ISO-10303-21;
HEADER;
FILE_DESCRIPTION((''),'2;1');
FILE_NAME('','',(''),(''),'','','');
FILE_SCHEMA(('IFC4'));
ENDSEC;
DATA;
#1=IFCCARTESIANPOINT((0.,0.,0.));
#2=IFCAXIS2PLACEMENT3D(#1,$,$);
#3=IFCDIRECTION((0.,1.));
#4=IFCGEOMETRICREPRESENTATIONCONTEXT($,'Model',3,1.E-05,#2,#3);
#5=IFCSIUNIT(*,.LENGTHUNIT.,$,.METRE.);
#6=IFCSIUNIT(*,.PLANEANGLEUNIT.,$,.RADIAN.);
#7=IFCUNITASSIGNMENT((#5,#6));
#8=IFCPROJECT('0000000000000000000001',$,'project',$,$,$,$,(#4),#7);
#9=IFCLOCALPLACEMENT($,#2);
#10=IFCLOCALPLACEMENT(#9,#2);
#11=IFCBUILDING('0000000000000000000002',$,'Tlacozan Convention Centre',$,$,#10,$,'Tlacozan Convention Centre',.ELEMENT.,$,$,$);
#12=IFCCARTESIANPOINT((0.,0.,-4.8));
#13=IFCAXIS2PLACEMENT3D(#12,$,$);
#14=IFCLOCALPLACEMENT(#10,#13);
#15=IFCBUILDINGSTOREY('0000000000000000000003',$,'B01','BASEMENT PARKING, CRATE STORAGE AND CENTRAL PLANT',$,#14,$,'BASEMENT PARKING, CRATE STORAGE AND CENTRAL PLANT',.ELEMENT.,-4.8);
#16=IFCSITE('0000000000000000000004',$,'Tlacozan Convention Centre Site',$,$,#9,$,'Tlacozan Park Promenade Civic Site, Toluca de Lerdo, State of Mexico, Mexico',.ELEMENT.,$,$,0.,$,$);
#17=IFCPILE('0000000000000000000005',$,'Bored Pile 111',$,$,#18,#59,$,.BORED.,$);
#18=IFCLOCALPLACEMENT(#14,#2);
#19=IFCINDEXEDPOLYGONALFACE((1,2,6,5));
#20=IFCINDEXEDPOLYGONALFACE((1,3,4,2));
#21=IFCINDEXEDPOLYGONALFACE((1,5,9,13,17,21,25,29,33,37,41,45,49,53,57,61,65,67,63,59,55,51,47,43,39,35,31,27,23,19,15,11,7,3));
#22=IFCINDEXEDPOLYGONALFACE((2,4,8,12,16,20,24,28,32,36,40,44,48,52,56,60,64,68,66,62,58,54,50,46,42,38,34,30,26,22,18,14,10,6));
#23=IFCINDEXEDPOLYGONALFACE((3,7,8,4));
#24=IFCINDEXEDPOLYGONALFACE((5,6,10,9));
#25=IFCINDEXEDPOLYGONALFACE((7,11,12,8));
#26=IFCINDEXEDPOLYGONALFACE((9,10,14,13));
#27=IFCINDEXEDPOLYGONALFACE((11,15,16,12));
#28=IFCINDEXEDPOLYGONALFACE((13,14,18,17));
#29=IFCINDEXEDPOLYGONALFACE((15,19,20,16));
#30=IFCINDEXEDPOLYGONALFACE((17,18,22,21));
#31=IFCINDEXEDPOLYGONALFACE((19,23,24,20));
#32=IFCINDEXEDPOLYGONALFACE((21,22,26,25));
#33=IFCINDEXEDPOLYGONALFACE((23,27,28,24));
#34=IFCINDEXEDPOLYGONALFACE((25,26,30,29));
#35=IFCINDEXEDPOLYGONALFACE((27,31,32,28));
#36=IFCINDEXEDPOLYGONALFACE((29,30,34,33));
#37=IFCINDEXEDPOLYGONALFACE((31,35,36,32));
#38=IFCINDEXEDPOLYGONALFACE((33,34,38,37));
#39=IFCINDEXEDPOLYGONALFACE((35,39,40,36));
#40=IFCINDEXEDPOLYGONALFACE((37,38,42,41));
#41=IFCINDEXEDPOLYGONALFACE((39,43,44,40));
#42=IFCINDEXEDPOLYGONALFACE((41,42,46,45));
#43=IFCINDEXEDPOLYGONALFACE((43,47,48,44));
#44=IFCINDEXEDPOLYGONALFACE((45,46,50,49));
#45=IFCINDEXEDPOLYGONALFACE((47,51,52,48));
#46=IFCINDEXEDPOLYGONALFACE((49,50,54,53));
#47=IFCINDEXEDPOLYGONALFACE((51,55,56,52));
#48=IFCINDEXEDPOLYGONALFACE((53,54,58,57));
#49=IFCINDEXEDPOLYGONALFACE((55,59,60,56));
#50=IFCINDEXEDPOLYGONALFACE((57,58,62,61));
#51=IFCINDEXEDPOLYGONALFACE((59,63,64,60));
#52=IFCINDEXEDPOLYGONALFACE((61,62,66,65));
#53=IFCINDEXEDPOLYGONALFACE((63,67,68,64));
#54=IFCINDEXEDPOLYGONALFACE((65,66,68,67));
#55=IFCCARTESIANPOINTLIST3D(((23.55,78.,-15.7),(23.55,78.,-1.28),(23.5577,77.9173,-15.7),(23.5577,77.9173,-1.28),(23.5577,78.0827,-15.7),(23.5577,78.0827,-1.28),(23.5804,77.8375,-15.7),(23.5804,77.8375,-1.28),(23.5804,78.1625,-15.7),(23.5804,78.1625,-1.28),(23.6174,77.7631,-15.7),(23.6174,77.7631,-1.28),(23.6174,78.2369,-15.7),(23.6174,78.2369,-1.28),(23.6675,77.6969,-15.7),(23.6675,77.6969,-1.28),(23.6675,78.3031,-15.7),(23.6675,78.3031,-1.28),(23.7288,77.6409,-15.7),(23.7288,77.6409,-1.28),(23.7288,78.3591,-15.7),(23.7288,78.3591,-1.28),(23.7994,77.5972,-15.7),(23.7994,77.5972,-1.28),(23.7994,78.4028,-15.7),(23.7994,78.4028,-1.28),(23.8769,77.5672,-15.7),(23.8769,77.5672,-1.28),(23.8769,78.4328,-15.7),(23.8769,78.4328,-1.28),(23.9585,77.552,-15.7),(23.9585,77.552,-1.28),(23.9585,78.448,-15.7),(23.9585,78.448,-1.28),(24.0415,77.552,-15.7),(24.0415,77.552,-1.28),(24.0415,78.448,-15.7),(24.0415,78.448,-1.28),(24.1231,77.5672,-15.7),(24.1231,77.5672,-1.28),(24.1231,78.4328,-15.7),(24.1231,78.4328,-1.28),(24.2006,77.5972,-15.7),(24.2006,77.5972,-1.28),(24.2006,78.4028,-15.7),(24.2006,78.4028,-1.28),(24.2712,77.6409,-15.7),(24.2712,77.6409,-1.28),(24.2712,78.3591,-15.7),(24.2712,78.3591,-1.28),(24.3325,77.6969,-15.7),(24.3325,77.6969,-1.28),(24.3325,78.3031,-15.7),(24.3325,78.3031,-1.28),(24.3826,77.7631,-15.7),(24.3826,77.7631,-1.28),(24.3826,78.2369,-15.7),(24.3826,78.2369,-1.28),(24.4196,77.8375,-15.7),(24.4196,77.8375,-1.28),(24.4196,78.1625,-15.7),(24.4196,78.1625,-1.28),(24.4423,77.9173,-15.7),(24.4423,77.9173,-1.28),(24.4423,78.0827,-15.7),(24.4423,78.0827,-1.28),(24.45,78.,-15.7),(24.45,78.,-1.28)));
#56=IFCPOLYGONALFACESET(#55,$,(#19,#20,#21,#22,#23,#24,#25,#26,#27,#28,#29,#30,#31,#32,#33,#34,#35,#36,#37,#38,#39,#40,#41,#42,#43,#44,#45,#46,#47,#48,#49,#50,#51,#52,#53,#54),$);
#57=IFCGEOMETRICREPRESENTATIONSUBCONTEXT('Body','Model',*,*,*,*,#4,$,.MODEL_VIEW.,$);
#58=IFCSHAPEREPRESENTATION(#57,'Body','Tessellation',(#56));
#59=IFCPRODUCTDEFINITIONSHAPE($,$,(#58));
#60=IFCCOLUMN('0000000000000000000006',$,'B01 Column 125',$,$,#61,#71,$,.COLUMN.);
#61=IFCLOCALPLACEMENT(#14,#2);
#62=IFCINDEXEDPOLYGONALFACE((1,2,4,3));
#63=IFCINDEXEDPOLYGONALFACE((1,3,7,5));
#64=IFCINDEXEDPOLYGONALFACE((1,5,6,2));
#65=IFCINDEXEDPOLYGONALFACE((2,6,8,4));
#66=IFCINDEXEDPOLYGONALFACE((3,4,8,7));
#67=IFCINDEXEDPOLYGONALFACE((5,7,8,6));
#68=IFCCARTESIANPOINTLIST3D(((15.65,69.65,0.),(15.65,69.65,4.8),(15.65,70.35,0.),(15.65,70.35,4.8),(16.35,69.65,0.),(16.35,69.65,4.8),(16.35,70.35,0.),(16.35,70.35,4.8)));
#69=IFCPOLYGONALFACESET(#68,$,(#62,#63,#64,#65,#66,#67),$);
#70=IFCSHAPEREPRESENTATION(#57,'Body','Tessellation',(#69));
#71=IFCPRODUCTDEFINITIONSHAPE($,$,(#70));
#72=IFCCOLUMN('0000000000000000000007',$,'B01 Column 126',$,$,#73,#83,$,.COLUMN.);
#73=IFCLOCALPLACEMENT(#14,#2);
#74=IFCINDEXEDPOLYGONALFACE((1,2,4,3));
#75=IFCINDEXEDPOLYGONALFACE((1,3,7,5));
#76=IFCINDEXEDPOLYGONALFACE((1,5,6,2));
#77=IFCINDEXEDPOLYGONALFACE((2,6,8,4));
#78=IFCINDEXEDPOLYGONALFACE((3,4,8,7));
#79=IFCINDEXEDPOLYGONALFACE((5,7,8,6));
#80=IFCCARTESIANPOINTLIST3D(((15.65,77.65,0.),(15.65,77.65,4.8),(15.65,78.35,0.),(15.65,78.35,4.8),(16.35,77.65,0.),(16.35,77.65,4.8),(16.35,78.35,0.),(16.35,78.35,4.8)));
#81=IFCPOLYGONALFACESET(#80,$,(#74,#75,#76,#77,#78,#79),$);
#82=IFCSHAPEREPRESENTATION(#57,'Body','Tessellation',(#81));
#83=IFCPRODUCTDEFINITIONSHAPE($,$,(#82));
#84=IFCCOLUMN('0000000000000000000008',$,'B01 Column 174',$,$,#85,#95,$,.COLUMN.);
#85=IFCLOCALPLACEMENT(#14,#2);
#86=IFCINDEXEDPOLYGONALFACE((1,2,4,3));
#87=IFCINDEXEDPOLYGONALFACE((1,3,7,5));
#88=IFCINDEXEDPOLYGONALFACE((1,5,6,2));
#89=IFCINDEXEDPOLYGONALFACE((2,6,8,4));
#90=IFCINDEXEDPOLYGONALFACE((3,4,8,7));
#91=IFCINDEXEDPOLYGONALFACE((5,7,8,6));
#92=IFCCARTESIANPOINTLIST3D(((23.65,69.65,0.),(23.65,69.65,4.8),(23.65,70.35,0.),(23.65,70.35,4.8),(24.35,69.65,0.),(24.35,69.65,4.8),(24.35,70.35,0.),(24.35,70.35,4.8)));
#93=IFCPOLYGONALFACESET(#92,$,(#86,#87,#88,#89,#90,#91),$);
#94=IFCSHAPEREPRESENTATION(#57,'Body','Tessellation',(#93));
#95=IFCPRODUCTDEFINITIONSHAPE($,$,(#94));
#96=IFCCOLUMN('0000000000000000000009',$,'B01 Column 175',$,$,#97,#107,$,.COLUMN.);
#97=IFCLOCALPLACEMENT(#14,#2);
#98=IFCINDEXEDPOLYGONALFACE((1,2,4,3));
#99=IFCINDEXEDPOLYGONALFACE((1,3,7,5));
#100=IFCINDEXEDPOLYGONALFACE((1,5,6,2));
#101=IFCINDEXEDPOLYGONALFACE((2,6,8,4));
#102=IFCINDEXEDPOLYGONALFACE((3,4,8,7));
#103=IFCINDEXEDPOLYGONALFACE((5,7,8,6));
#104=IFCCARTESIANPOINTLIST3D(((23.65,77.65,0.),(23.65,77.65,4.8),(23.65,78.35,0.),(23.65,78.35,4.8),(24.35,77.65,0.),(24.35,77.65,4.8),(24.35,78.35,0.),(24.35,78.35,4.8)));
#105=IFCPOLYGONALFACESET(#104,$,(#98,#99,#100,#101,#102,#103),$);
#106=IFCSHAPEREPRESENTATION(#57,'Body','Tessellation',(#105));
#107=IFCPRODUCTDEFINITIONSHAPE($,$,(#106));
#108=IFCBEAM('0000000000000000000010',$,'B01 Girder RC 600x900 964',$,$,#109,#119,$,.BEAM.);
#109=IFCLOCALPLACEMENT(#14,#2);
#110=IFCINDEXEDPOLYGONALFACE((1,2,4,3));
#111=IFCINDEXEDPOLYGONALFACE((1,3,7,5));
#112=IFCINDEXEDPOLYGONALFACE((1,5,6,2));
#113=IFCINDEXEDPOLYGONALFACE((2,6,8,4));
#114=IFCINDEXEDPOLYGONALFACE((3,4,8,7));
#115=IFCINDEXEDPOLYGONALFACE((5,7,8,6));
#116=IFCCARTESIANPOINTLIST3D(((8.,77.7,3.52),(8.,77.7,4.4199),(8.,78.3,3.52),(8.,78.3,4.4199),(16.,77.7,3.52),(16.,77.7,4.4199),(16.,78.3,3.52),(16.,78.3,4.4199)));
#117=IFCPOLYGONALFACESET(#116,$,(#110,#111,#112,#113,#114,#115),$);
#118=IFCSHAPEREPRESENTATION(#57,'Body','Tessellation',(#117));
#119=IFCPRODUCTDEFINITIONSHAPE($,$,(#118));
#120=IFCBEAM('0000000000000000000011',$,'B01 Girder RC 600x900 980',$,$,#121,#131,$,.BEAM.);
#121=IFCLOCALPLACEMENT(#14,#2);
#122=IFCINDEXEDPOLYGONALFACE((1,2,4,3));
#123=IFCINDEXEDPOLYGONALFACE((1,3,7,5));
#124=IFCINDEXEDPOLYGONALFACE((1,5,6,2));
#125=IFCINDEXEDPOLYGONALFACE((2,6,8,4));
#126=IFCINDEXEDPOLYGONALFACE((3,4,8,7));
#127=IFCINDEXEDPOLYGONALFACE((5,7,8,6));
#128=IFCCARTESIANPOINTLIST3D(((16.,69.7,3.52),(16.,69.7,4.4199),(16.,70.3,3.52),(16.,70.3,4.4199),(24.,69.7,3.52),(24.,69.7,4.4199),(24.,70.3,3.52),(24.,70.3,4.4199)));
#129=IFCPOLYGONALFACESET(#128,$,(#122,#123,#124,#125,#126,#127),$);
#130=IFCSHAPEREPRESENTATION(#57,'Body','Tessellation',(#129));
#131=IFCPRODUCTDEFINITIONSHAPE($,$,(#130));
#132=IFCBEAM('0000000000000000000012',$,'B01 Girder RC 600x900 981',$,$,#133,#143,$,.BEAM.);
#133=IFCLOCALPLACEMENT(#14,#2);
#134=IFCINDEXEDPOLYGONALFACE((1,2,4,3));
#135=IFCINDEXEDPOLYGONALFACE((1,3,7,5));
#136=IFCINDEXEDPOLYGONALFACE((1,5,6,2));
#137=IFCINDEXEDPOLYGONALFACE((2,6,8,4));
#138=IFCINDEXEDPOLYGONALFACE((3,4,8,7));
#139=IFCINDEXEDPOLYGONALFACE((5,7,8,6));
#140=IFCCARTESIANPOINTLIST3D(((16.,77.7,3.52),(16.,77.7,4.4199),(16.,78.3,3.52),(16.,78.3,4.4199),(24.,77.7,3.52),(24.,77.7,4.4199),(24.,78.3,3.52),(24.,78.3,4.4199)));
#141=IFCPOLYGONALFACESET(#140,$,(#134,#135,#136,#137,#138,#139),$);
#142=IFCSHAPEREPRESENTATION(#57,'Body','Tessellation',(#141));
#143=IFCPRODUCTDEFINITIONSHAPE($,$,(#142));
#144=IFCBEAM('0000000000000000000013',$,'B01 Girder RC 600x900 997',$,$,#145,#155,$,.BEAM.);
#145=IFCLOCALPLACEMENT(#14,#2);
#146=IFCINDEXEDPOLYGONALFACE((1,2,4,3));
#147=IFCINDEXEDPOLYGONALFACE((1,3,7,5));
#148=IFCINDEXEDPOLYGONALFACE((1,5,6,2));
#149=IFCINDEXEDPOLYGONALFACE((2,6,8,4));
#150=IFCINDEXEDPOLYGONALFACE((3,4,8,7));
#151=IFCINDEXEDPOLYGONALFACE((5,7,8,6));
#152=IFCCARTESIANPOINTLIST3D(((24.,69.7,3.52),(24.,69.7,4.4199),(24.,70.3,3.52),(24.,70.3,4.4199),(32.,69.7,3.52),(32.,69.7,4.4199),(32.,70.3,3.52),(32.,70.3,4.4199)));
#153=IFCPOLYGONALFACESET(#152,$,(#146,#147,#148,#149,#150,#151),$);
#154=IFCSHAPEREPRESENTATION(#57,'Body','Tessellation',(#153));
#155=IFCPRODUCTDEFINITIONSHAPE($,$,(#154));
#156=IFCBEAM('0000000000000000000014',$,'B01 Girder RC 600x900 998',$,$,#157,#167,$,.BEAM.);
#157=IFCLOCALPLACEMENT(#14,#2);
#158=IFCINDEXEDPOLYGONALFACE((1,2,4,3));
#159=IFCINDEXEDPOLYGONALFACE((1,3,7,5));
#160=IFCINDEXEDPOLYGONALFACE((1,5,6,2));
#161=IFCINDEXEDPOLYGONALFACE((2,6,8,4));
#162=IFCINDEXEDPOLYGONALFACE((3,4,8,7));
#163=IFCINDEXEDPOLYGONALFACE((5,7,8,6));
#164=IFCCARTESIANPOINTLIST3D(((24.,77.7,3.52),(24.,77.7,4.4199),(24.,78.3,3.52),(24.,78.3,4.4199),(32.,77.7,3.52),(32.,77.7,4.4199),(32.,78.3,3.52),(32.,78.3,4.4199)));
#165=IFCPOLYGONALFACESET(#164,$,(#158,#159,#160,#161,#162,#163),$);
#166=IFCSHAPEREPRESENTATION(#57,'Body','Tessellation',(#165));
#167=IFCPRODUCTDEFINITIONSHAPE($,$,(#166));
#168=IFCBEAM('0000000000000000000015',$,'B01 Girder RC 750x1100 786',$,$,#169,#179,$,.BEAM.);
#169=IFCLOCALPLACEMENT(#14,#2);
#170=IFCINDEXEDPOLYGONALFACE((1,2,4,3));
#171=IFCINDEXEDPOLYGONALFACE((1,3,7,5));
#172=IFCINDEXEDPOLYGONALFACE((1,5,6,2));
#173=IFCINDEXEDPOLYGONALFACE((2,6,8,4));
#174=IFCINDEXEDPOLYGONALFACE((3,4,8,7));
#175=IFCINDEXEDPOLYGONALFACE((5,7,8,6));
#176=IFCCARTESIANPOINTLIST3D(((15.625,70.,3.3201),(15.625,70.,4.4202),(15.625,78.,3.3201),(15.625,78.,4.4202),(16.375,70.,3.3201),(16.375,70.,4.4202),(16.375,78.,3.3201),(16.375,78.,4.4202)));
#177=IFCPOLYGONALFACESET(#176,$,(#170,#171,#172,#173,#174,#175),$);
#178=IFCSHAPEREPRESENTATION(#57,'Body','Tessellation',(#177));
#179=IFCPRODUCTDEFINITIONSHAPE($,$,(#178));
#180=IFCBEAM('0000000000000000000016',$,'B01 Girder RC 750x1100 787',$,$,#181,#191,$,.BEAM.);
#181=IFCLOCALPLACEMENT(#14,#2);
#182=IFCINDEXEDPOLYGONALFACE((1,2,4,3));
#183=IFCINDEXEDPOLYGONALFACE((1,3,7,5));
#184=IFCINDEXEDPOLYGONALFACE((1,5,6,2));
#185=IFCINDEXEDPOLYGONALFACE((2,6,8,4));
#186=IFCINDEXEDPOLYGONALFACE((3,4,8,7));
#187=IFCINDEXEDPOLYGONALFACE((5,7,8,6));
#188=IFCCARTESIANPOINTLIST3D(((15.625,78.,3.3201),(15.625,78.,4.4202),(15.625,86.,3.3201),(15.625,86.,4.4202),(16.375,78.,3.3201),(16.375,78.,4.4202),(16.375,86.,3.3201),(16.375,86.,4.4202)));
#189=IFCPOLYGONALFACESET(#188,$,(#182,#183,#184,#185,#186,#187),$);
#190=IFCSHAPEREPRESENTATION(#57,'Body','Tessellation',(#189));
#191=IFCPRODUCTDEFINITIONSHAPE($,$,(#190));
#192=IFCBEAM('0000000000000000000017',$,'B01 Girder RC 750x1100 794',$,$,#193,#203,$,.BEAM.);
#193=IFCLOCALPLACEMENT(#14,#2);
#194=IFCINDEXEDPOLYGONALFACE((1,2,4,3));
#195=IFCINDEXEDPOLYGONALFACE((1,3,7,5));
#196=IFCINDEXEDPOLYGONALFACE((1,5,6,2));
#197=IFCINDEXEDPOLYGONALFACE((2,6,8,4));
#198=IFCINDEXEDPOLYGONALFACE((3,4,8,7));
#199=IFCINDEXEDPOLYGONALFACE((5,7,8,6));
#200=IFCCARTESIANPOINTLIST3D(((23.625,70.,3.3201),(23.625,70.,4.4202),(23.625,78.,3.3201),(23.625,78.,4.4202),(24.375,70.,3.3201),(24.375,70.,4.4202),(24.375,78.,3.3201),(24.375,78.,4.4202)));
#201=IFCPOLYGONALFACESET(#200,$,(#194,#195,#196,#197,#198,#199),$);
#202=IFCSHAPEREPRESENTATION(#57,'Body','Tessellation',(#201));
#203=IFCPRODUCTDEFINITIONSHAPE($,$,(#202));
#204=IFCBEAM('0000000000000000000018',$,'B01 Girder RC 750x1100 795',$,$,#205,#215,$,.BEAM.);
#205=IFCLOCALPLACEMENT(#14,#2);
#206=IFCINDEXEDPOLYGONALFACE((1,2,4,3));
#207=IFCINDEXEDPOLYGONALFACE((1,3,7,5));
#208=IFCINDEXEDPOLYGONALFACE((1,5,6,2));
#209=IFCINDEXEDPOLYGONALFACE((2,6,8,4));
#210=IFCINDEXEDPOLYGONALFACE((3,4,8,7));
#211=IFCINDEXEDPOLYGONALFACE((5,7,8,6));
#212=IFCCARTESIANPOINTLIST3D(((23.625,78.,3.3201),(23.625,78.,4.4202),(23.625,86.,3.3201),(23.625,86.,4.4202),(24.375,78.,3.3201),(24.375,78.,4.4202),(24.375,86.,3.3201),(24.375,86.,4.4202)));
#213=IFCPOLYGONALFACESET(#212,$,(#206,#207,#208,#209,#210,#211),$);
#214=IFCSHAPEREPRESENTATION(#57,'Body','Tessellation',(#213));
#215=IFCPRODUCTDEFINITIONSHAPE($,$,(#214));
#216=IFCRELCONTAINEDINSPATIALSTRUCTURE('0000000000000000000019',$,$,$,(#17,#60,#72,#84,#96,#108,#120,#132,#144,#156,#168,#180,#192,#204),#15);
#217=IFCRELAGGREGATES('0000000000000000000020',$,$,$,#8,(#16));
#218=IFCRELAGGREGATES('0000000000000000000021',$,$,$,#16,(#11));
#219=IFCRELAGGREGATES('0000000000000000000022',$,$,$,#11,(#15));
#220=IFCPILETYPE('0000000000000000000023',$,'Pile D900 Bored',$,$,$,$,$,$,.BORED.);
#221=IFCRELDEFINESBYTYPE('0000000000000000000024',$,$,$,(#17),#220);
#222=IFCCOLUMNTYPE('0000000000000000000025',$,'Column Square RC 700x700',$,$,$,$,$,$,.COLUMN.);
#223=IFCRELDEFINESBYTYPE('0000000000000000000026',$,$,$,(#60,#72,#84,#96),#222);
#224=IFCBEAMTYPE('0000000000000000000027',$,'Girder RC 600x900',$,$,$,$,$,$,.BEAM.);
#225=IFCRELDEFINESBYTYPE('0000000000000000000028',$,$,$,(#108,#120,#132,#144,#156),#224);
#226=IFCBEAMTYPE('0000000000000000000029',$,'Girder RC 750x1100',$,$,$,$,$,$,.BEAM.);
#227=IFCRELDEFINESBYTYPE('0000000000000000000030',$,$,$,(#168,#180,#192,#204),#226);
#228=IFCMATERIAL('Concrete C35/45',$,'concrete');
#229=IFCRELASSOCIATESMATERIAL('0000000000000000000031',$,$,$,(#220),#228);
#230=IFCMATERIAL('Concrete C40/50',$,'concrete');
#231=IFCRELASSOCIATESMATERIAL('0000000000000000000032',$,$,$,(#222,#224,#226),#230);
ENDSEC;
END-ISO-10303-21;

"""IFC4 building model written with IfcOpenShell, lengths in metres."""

from ifc_helpers import new_model, si_unit, direction, frame, origin, origin_2d, place, context, subcontext, project, spatial, rectangle, circle, extrude, material, material_profile, profile_set, type_object, element, save


model = new_model("IFC4")

# Units and contexts
model_context = context("Model", 3, precision=1e-05, world=origin(), true_north=direction((0.0, 1.0)))
body_context = subcontext(model_context, "Body", "Model", "MODEL_VIEW")
ifc_project = project(units=[si_unit("LENGTHUNIT", "METRE"), si_unit("PLANEANGLEUNIT", "RADIAN")], contexts=[model_context])

# Site, building, storey
site_placement = place(None, origin())
site = spatial("IfcSite", under=ifc_project, at=site_placement, Name="Tlacozan Convention Centre Site", LongName="Tlacozan Park Promenade Civic Site, Toluca de Lerdo, State of Mexico, Mexico", CompositionType="ELEMENT", RefElevation=0.0)
building_placement = place(site_placement, origin())
building = spatial("IfcBuilding", under=site, at=building_placement, Name="Tlacozan Convention Centre", LongName="Tlacozan Convention Centre", CompositionType="ELEMENT")
storey_placement = place(building_placement, frame((0.0, 0.0, -4.8)))
storey = spatial("IfcBuildingStorey", under=building, at=storey_placement, Name="B01", Description="BASEMENT PARKING, CRATE STORAGE AND CENTRAL PLANT", LongName="BASEMENT PARKING, CRATE STORAGE AND CENTRAL PLANT", CompositionType="ELEMENT", Elevation=-4.8)

# Shared definitions
ifc_material_1 = material(Name="Concrete C35/45", Category="concrete")

# Pile
ifc_material_profile_1 = material_profile(ifc_material_1, circle(Radius=0.45, at=origin_2d()), Name="PILE D900")
ifc_profile_set_1 = profile_set([ifc_material_profile_1], Name="Concrete C35/45")
pile_type_1 = type_object("IfcPileType", Name="Pile D900 Bored", PredefinedType="BORED", material=ifc_profile_set_1)
for number, where, z_axis, x_axis, name in (
    (1, (24.0, 78.0, -1.28), (0.0, 0.0, -1.0), (1.0, 0.0, 0.0), "Bored Pile 111"),
):
    element("IfcPile", number, at=place(storey_placement, frame(where, z_axis=z_axis, x_axis=x_axis)), inside=storey, type_object=pile_type_1, Name=name, PredefinedType="BORED", context=body_context, shape_type="SweptSolid", body=[
        extrude(circle(Radius=0.45, at=origin_2d()), origin(), (0.0, 0.0, 1.0), 14.4199),
    ])

# Columns
ifc_material_2 = material(Name="Concrete C40/50", Category="concrete")
ifc_material_profile_2 = material_profile(ifc_material_2, rectangle(XDim=0.7, YDim=0.7, at=origin_2d()), Name="RC 700x700")
ifc_profile_set_2 = profile_set([ifc_material_profile_2], Name="Concrete C40/50")
column_type = type_object("IfcColumnType", Name="Column Square RC 700x700", PredefinedType="COLUMN", material=ifc_profile_set_2)
for number, where, z_axis, x_axis, name in (
    (2, (16.0, 70.0, 0.0), (0.0, 0.0, 1.0), (1.0, 0.0, 0.0), "B01 Column 125"),
    (3, (16.0, 78.0, 0.0), (0.0, 0.0, 1.0), (1.0, 0.0, 0.0), "B01 Column 126"),
    (4, (24.0, 70.0, 0.0), (0.0, 0.0, 1.0), (1.0, 0.0, 0.0), "B01 Column 174"),
    (5, (24.0, 78.0, 0.0), (0.0, 0.0, 1.0), (1.0, 0.0, 0.0), "B01 Column 175"),
):
    element("IfcColumn", number, at=place(storey_placement, frame(where, z_axis=z_axis, x_axis=x_axis)), inside=storey, type_object=column_type, Name=name, PredefinedType="COLUMN", context=body_context, shape_type="SweptSolid", body=[
        extrude(rectangle(XDim=0.7, YDim=0.7, at=origin_2d()), origin(), (0.0, 0.0, 1.0), 4.8),
    ])

# Beams
ifc_material_profile_3 = material_profile(ifc_material_2, rectangle(XDim=0.6001, YDim=0.8999, at=origin_2d()), Name="RC 600x900")
ifc_profile_set_3 = profile_set([ifc_material_profile_3], Name="Concrete C40/50")
beam_type_1 = type_object("IfcBeamType", Name="Girder RC 600x900", PredefinedType="BEAM", material=ifc_profile_set_3)
for number, where, z_axis, x_axis, name in (
    (6, (8.0, 78.0, 3.97), (1.0, 0.0, 0.0), (0.0, 1.0, 0.0), "B01 Girder RC 600x900 964"),
    (7, (16.0, 70.0, 3.97), (1.0, 0.0, 0.0), (0.0, 1.0, 0.0), "B01 Girder RC 600x900 980"),
    (8, (16.0, 78.0, 3.97), (1.0, 0.0, 0.0), (0.0, 1.0, 0.0), "B01 Girder RC 600x900 981"),
    (9, (24.0, 70.0, 3.97), (1.0, 0.0, 0.0), (0.0, 1.0, 0.0), "B01 Girder RC 600x900 997"),
    (10, (24.0, 78.0, 3.97), (1.0, 0.0, 0.0), (0.0, 1.0, 0.0), "B01 Girder RC 600x900 998"),
):
    element("IfcBeam", number, at=place(storey_placement, frame(where, z_axis=z_axis, x_axis=x_axis)), inside=storey, type_object=beam_type_1, Name=name, PredefinedType="BEAM", context=body_context, shape_type="SweptSolid", body=[
        extrude(rectangle(XDim=0.6001, YDim=0.8999, at=origin_2d()), origin(), (0.0, 0.0, 1.0), 8.0),
    ])
ifc_material_profile_4 = material_profile(ifc_material_2, rectangle(XDim=0.75, YDim=1.1001, at=origin_2d()), Name="RC 750x1100")
ifc_profile_set_4 = profile_set([ifc_material_profile_4], Name="Concrete C40/50")
beam_type_2 = type_object("IfcBeamType", Name="Girder RC 750x1100", PredefinedType="BEAM", material=ifc_profile_set_4)
for number, where, z_axis, x_axis, name in (
    (11, (16.0, 70.0, 3.8701), (0.0, 1.0, 0.0), (-1.0, 0.0, 0.0), "B01 Girder RC 750x1100 786"),
    (12, (16.0, 78.0, 3.8701), (0.0, 1.0, 0.0), (-1.0, 0.0, 0.0), "B01 Girder RC 750x1100 787"),
    (13, (24.0, 70.0, 3.8701), (0.0, 1.0, 0.0), (-1.0, 0.0, 0.0), "B01 Girder RC 750x1100 794"),
    (14, (24.0, 78.0, 3.8701), (0.0, 1.0, 0.0), (-1.0, 0.0, 0.0), "B01 Girder RC 750x1100 795"),
):
    element("IfcBeam", number, at=place(storey_placement, frame(where, z_axis=z_axis, x_axis=x_axis)), inside=storey, type_object=beam_type_2, Name=name, PredefinedType="BEAM", context=body_context, shape_type="SweptSolid", body=[
        extrude(rectangle(XDim=0.75, YDim=1.1001, at=origin_2d()), origin(), (0.0, 0.0, 1.0), 8.0),
    ])

save(model, "model.ifc")
